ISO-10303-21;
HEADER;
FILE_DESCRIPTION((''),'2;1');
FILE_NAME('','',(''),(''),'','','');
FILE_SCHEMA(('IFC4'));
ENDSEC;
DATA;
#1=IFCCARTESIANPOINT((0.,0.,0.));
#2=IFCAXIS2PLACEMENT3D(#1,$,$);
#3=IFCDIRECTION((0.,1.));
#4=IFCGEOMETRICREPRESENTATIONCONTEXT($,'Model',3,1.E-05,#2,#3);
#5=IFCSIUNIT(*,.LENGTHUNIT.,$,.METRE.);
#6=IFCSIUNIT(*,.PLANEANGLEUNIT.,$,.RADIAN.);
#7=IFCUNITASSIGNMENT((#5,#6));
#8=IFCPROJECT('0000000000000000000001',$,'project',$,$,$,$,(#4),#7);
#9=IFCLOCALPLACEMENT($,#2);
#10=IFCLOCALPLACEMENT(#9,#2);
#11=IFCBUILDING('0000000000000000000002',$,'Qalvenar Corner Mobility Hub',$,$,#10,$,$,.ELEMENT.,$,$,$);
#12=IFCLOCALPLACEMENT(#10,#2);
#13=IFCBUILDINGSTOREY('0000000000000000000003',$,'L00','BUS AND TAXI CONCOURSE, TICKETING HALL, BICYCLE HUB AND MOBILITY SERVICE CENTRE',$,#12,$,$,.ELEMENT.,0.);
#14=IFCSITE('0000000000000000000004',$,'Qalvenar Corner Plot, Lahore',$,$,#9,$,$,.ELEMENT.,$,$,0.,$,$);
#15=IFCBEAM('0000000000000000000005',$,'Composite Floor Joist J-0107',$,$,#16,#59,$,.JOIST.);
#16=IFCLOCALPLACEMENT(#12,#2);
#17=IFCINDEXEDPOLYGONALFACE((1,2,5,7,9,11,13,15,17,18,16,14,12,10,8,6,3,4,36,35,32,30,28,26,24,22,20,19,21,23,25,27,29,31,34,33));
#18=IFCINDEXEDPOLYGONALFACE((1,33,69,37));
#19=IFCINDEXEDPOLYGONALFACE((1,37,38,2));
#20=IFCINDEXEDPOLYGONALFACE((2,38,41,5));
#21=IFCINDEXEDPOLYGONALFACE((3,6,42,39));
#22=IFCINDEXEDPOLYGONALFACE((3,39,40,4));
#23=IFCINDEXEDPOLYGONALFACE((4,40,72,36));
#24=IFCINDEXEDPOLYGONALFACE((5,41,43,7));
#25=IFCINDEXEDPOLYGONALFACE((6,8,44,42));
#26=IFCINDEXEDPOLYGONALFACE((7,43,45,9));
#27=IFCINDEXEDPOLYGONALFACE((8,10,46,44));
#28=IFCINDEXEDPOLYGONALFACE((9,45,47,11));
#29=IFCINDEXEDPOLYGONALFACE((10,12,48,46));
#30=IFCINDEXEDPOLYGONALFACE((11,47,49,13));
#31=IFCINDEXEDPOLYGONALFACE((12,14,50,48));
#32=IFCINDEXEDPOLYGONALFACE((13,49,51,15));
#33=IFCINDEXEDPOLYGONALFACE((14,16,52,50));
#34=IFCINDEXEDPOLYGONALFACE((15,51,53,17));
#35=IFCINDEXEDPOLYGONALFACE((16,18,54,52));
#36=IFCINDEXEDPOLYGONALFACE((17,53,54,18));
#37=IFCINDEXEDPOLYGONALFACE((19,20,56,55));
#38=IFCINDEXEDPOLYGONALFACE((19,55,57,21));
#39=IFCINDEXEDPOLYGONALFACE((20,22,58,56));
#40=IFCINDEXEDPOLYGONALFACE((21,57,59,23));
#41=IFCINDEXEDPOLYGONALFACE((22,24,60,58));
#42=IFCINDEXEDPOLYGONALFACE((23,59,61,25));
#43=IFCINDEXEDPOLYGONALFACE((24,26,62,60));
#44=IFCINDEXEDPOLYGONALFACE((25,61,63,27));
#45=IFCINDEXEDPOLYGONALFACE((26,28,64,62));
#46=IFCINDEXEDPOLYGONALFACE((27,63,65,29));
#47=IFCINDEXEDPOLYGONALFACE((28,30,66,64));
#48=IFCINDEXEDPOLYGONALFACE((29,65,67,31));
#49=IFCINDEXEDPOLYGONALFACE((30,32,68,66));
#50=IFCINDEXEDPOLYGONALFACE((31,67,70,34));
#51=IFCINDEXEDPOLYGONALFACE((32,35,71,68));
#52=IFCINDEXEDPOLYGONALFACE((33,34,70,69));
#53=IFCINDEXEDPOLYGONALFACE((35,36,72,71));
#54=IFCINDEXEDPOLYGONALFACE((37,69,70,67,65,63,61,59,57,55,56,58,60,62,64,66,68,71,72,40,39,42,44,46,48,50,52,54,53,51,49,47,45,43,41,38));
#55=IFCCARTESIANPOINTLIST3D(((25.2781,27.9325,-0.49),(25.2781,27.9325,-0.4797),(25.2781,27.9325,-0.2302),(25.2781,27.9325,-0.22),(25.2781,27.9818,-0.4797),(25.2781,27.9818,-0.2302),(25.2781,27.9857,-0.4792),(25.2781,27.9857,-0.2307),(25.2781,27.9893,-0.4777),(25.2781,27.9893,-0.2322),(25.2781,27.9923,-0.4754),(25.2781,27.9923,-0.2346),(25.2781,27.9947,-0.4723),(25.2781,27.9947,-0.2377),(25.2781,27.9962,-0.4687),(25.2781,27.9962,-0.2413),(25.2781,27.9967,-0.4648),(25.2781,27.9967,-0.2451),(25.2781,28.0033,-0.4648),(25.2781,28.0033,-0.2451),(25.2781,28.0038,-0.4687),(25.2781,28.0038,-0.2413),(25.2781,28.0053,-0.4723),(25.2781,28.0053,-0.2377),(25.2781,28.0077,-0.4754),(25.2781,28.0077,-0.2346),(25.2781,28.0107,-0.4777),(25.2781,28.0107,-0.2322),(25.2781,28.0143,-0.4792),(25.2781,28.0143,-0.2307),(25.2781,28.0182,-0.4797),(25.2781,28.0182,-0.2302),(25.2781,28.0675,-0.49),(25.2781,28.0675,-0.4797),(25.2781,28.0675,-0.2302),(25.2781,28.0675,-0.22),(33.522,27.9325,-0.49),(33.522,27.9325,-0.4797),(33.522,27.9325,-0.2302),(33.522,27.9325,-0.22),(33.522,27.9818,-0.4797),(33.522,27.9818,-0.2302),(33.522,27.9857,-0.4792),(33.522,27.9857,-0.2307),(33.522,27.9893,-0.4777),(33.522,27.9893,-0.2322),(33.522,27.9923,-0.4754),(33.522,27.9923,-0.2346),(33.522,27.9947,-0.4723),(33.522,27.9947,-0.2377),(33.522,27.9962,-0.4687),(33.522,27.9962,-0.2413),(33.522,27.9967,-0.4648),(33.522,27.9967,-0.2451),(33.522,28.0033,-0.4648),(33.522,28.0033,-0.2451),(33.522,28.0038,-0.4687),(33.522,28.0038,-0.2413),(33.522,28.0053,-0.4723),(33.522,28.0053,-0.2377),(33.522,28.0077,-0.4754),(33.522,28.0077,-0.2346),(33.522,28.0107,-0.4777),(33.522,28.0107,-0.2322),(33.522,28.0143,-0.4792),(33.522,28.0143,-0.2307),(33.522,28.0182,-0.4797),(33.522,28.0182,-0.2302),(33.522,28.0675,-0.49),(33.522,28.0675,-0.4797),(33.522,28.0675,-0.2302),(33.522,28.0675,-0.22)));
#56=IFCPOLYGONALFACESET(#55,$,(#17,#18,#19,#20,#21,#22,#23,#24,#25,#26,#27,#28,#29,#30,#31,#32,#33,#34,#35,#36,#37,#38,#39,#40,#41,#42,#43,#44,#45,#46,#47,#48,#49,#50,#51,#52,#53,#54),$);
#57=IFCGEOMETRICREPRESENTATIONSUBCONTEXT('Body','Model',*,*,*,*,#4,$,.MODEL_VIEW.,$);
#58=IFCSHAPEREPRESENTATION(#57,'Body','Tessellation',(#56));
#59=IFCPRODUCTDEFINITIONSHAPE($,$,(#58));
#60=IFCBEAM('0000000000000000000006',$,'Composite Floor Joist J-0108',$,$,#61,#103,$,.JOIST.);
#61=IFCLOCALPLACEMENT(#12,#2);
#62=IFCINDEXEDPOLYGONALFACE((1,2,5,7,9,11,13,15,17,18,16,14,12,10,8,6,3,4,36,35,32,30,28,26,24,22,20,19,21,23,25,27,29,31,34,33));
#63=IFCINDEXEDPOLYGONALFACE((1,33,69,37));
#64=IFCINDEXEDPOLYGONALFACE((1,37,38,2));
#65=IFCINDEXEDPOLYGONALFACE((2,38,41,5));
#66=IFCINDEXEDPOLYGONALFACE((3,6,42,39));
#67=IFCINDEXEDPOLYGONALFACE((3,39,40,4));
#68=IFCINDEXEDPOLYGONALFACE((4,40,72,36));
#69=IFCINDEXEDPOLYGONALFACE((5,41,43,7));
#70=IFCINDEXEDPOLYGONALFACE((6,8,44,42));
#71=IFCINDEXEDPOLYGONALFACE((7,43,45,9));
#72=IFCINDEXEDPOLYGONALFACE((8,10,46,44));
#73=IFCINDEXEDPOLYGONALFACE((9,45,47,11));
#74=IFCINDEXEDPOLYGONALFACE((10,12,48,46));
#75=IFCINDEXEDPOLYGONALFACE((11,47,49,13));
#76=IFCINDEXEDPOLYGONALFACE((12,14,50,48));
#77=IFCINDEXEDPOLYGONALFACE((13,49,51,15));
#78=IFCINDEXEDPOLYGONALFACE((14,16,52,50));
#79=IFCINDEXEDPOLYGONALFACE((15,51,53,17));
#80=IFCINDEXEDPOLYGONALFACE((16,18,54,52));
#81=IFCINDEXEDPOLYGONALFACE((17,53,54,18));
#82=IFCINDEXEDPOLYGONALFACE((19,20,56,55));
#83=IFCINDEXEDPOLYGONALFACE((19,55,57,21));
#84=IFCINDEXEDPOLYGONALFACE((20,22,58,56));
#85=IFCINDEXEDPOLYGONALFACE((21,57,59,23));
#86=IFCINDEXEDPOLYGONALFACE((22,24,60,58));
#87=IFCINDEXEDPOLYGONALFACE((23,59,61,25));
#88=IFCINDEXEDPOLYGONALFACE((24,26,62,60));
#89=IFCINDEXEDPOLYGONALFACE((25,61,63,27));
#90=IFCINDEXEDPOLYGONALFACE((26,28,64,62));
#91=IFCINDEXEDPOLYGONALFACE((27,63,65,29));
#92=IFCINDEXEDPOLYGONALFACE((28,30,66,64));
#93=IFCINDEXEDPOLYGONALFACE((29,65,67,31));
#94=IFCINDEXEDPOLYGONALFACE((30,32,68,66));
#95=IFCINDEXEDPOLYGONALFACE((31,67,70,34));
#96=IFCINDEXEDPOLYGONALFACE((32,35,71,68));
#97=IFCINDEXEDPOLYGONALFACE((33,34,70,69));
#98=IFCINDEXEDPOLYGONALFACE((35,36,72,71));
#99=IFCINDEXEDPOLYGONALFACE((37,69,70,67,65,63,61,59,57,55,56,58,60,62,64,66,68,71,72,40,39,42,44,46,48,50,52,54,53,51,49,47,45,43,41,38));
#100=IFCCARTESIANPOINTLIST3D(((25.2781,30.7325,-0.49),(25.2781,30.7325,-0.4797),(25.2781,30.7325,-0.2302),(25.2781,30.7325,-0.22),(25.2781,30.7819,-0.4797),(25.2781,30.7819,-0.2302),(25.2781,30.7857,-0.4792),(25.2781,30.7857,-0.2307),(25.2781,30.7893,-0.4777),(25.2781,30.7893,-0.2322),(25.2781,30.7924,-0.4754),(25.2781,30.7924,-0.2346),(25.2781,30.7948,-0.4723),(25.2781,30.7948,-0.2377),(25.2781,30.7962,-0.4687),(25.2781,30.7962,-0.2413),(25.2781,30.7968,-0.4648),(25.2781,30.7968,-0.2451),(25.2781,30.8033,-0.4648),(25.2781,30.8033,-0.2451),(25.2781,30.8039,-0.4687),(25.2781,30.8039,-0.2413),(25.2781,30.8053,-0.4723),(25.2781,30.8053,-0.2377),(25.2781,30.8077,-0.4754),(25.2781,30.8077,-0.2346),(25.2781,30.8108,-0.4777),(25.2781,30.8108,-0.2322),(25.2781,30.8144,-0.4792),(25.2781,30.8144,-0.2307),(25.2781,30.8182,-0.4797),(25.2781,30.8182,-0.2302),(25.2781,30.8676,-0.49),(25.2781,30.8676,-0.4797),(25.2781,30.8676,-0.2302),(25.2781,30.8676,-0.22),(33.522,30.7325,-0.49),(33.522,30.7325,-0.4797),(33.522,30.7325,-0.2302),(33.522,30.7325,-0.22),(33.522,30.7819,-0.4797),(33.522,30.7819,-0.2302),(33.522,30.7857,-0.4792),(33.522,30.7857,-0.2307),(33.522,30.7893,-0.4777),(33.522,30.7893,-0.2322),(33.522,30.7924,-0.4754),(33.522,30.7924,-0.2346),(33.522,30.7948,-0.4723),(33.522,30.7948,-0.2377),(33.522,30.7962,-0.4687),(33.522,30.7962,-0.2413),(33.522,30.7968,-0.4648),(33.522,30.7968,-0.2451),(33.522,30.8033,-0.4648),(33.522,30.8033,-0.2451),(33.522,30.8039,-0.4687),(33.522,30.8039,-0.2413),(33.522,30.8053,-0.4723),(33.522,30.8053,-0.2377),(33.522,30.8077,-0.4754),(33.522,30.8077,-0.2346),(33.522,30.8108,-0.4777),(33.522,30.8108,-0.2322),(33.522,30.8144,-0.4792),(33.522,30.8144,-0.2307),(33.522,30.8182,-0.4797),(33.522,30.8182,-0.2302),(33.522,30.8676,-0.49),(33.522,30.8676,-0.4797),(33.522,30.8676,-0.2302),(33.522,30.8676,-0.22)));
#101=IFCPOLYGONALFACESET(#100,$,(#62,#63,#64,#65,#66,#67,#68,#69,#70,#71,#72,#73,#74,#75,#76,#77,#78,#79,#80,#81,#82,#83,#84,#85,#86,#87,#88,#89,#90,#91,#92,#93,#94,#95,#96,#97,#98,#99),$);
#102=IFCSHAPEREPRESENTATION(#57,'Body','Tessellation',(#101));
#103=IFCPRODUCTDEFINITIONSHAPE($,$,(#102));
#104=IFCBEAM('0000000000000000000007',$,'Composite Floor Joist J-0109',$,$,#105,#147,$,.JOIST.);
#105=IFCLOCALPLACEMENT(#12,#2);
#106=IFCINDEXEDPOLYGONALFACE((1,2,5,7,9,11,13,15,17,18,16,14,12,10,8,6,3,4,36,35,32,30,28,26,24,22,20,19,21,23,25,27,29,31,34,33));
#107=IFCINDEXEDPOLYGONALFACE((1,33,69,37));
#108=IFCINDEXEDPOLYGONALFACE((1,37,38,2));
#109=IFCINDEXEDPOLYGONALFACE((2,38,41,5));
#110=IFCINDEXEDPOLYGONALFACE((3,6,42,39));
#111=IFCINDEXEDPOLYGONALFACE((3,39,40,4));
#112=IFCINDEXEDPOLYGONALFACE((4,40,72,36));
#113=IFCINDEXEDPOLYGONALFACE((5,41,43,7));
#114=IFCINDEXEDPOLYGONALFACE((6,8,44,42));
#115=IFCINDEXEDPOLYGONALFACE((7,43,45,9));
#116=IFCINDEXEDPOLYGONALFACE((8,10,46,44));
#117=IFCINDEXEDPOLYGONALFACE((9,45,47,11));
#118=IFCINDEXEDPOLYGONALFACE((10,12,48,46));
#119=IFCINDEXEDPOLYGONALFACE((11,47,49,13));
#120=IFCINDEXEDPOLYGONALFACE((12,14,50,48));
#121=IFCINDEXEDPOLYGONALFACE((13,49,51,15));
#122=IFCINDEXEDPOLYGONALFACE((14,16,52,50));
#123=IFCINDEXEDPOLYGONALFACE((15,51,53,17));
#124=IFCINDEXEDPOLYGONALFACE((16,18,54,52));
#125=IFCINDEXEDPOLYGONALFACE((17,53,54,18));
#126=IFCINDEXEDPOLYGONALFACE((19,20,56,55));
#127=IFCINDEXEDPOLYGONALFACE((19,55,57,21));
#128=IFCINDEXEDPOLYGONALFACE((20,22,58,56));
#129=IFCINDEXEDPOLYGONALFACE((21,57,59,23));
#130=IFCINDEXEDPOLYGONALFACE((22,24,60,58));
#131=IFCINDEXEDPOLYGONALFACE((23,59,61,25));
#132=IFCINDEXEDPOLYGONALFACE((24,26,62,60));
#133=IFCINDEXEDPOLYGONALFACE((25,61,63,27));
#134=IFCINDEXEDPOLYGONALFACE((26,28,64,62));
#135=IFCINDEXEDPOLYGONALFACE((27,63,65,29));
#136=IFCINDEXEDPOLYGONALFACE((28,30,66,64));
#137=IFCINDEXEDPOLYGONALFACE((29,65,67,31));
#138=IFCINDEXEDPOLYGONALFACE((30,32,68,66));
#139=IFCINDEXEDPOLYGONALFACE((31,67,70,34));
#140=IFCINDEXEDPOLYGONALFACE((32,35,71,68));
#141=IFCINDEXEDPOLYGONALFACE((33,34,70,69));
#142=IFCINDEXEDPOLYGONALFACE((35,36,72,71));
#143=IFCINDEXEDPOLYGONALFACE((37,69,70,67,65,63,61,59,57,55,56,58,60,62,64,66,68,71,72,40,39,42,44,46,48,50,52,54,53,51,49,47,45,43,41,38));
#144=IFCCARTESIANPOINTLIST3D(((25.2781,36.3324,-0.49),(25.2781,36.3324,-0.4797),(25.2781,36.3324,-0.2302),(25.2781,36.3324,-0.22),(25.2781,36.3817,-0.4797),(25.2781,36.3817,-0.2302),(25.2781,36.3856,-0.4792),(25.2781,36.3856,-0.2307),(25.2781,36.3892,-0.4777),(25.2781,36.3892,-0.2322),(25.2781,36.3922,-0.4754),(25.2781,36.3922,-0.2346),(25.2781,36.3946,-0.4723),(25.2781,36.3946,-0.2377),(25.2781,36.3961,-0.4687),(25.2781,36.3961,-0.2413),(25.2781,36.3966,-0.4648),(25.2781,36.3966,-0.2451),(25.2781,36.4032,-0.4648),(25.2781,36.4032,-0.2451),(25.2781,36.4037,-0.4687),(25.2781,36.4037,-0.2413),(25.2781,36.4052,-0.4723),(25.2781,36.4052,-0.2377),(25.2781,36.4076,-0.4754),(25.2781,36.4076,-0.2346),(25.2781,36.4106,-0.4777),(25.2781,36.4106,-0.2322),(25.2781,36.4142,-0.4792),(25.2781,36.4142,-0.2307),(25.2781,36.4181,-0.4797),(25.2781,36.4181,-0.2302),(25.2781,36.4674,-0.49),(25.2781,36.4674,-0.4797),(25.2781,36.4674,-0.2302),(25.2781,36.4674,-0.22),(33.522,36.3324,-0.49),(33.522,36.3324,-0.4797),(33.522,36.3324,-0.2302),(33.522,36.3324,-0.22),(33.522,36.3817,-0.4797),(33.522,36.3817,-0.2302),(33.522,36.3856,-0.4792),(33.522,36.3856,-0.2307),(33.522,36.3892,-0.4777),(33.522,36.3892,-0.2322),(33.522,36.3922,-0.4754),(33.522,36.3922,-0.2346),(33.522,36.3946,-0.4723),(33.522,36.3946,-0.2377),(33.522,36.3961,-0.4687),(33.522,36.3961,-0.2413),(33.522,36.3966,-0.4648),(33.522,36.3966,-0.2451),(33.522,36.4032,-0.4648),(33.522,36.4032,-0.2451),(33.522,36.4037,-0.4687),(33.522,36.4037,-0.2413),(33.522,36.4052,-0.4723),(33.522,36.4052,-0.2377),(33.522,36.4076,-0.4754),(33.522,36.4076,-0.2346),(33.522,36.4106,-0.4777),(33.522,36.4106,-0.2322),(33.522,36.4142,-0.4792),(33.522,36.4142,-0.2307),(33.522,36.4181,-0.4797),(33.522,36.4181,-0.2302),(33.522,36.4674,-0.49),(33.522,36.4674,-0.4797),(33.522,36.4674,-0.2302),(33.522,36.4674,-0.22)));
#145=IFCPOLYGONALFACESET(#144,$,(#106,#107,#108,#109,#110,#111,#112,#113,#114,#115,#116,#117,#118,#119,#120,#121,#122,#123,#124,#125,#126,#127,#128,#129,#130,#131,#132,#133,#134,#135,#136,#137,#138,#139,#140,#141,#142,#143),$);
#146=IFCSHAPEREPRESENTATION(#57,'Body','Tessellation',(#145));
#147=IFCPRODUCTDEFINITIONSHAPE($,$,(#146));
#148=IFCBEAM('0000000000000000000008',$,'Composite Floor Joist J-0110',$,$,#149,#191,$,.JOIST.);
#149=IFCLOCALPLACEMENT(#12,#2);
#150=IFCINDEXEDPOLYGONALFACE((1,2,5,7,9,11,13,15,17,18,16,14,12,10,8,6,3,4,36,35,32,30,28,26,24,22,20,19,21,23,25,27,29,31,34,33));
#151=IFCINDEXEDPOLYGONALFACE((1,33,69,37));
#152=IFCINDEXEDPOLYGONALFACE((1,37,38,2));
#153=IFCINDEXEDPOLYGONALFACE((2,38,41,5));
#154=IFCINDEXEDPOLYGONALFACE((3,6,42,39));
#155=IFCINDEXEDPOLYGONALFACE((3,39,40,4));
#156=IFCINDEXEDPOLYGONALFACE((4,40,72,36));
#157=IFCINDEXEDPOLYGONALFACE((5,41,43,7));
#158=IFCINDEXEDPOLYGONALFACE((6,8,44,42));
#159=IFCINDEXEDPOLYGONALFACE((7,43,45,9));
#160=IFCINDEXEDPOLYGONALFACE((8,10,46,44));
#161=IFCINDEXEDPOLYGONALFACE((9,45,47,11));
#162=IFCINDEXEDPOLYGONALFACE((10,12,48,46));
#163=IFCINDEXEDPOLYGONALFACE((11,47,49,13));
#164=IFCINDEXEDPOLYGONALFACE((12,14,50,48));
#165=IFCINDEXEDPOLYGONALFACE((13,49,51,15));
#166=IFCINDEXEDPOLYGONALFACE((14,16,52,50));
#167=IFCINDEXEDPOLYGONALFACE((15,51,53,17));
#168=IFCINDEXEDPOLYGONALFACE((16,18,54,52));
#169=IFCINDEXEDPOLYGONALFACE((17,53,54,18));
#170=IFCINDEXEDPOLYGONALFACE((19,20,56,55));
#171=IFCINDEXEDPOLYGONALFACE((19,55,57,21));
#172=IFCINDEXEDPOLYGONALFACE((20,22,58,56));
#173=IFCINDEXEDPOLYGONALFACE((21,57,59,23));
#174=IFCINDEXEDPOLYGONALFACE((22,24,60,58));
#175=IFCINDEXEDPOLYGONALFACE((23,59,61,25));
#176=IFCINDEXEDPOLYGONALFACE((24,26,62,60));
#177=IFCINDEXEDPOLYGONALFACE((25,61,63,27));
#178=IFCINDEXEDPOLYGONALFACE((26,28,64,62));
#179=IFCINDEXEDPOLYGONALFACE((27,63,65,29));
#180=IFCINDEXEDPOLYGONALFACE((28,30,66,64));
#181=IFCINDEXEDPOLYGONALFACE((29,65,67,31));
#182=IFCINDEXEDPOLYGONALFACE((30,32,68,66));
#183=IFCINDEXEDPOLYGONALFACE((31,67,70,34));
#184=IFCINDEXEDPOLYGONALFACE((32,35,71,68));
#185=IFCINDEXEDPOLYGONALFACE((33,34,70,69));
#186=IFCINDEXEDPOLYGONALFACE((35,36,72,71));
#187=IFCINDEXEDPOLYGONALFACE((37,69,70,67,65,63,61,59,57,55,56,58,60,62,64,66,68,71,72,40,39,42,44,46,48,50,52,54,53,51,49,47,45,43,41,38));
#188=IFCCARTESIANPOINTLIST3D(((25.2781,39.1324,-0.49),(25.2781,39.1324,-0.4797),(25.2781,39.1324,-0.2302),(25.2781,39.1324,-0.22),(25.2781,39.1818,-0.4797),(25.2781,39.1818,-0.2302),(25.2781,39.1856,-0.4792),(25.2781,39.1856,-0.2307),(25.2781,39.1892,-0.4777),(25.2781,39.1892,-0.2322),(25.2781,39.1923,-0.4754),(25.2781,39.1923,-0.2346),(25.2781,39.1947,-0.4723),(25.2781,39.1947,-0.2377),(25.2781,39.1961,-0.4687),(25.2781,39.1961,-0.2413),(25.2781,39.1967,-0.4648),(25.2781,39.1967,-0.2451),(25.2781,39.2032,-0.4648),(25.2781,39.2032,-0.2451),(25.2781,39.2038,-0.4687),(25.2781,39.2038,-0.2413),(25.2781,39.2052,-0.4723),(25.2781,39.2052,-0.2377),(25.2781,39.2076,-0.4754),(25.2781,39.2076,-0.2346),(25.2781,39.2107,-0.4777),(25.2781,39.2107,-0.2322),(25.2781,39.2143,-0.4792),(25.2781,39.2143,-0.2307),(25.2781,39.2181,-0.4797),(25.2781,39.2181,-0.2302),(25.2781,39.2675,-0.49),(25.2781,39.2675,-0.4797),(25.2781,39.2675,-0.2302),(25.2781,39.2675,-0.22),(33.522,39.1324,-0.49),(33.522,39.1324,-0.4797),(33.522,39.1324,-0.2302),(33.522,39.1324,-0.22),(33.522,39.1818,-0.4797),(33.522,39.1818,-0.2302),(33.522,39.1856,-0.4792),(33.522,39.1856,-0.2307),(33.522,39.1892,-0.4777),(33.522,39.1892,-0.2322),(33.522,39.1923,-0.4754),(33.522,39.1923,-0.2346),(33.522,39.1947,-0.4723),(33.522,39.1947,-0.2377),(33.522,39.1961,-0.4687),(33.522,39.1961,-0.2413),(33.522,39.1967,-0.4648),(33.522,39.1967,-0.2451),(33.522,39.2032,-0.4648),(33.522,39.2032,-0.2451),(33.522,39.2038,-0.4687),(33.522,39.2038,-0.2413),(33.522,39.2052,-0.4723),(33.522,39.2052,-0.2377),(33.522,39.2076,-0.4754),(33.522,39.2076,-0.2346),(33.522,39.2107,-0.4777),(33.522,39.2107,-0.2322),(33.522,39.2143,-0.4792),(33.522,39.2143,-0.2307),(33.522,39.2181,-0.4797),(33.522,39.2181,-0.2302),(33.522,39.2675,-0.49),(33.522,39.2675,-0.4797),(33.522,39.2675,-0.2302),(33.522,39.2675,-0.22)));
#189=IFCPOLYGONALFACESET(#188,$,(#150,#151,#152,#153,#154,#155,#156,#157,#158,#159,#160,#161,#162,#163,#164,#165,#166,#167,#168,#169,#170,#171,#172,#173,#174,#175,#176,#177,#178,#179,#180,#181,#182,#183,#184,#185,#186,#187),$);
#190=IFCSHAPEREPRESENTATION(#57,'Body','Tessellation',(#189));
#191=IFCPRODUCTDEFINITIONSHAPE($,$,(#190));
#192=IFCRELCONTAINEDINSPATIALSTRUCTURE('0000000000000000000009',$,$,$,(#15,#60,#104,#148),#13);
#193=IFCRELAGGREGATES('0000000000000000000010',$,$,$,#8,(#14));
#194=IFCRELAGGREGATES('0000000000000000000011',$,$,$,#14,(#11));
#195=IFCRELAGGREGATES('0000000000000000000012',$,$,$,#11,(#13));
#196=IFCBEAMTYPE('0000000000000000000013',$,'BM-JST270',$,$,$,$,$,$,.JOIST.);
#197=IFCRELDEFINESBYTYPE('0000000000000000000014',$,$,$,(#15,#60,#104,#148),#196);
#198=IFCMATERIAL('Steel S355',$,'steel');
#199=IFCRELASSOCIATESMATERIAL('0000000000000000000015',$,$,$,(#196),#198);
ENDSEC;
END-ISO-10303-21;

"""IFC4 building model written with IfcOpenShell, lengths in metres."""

from ifc_helpers import new_model, si_unit, direction, frame, origin, origin_2d, place, context, subcontext, project, spatial, i_section, extrude, material, material_profile, profile_set, type_object, element, save


model = new_model("IFC4")

# Units and contexts
model_context = context("Model", 3, precision=1e-05, world=origin(), true_north=direction((0.0, 1.0)))
body_context = subcontext(model_context, "Body", "Model", "MODEL_VIEW")
ifc_project = project(units=[si_unit("LENGTHUNIT", "METRE"), si_unit("PLANEANGLEUNIT", "RADIAN")], contexts=[model_context])

# Site, building, storey
site_placement = place(None, origin())
site = spatial("IfcSite", under=ifc_project, at=site_placement, Name="Qalvenar Corner Plot, Lahore", CompositionType="ELEMENT", RefElevation=0.0)
building_placement = place(site_placement, origin())
building = spatial("IfcBuilding", under=site, at=building_placement, Name="Qalvenar Corner Mobility Hub", CompositionType="ELEMENT")
storey_placement = place(building_placement, origin())
storey = spatial("IfcBuildingStorey", under=building, at=storey_placement, Name="L00", Description="BUS AND TAXI CONCOURSE, TICKETING HALL, BICYCLE HUB AND MOBILITY SERVICE CENTRE", CompositionType="ELEMENT", Elevation=0.0)

# Shared definitions
ifc_material_1 = material(Name="Steel S355", Category="steel")

# Beams
ifc_material_profile_1 = material_profile(ifc_material_1, i_section(OverallWidth=0.135, OverallDepth=0.27, WebThickness=0.0066, FlangeThickness=0.0103, FilletRadius=0.0149, at=origin_2d()), Name="IPE270")
ifc_profile_set_1 = profile_set([ifc_material_profile_1], Name="Steel S355")
beam_type_1 = type_object("IfcBeamType", Name="BM-JST270", PredefinedType="JOIST", material=ifc_profile_set_1)
for number, where, z_axis, x_axis, name in (
    (1, (25.2781, 28.0, -0.355), (1.0, 0.0, 0.0), (0.0, 1.0, 0.0), "Composite Floor Joist J-0107"),
    (2, (25.2781, 30.8, -0.355), (1.0, 0.0, 0.0), (0.0, 1.0, 0.0), "Composite Floor Joist J-0108"),
    (3, (25.2781, 36.3999, -0.355), (1.0, 0.0, 0.0), (0.0, 1.0, 0.0), "Composite Floor Joist J-0109"),
    (4, (25.2781, 39.2, -0.355), (1.0, 0.0, 0.0), (0.0, 1.0, 0.0), "Composite Floor Joist J-0110"),
):
    element("IfcBeam", number, at=place(storey_placement, frame(where, z_axis=z_axis, x_axis=x_axis)), inside=storey, type_object=beam_type_1, Name=name, PredefinedType="JOIST", context=body_context, shape_type="SweptSolid", body=[
        extrude(i_section(OverallWidth=0.135, OverallDepth=0.27, WebThickness=0.0066, FlangeThickness=0.0103, FilletRadius=0.0149, at=origin_2d()), origin(), (0.0, 0.0, 1.0), 8.2439),
    ])

save(model, "model.ifc")
